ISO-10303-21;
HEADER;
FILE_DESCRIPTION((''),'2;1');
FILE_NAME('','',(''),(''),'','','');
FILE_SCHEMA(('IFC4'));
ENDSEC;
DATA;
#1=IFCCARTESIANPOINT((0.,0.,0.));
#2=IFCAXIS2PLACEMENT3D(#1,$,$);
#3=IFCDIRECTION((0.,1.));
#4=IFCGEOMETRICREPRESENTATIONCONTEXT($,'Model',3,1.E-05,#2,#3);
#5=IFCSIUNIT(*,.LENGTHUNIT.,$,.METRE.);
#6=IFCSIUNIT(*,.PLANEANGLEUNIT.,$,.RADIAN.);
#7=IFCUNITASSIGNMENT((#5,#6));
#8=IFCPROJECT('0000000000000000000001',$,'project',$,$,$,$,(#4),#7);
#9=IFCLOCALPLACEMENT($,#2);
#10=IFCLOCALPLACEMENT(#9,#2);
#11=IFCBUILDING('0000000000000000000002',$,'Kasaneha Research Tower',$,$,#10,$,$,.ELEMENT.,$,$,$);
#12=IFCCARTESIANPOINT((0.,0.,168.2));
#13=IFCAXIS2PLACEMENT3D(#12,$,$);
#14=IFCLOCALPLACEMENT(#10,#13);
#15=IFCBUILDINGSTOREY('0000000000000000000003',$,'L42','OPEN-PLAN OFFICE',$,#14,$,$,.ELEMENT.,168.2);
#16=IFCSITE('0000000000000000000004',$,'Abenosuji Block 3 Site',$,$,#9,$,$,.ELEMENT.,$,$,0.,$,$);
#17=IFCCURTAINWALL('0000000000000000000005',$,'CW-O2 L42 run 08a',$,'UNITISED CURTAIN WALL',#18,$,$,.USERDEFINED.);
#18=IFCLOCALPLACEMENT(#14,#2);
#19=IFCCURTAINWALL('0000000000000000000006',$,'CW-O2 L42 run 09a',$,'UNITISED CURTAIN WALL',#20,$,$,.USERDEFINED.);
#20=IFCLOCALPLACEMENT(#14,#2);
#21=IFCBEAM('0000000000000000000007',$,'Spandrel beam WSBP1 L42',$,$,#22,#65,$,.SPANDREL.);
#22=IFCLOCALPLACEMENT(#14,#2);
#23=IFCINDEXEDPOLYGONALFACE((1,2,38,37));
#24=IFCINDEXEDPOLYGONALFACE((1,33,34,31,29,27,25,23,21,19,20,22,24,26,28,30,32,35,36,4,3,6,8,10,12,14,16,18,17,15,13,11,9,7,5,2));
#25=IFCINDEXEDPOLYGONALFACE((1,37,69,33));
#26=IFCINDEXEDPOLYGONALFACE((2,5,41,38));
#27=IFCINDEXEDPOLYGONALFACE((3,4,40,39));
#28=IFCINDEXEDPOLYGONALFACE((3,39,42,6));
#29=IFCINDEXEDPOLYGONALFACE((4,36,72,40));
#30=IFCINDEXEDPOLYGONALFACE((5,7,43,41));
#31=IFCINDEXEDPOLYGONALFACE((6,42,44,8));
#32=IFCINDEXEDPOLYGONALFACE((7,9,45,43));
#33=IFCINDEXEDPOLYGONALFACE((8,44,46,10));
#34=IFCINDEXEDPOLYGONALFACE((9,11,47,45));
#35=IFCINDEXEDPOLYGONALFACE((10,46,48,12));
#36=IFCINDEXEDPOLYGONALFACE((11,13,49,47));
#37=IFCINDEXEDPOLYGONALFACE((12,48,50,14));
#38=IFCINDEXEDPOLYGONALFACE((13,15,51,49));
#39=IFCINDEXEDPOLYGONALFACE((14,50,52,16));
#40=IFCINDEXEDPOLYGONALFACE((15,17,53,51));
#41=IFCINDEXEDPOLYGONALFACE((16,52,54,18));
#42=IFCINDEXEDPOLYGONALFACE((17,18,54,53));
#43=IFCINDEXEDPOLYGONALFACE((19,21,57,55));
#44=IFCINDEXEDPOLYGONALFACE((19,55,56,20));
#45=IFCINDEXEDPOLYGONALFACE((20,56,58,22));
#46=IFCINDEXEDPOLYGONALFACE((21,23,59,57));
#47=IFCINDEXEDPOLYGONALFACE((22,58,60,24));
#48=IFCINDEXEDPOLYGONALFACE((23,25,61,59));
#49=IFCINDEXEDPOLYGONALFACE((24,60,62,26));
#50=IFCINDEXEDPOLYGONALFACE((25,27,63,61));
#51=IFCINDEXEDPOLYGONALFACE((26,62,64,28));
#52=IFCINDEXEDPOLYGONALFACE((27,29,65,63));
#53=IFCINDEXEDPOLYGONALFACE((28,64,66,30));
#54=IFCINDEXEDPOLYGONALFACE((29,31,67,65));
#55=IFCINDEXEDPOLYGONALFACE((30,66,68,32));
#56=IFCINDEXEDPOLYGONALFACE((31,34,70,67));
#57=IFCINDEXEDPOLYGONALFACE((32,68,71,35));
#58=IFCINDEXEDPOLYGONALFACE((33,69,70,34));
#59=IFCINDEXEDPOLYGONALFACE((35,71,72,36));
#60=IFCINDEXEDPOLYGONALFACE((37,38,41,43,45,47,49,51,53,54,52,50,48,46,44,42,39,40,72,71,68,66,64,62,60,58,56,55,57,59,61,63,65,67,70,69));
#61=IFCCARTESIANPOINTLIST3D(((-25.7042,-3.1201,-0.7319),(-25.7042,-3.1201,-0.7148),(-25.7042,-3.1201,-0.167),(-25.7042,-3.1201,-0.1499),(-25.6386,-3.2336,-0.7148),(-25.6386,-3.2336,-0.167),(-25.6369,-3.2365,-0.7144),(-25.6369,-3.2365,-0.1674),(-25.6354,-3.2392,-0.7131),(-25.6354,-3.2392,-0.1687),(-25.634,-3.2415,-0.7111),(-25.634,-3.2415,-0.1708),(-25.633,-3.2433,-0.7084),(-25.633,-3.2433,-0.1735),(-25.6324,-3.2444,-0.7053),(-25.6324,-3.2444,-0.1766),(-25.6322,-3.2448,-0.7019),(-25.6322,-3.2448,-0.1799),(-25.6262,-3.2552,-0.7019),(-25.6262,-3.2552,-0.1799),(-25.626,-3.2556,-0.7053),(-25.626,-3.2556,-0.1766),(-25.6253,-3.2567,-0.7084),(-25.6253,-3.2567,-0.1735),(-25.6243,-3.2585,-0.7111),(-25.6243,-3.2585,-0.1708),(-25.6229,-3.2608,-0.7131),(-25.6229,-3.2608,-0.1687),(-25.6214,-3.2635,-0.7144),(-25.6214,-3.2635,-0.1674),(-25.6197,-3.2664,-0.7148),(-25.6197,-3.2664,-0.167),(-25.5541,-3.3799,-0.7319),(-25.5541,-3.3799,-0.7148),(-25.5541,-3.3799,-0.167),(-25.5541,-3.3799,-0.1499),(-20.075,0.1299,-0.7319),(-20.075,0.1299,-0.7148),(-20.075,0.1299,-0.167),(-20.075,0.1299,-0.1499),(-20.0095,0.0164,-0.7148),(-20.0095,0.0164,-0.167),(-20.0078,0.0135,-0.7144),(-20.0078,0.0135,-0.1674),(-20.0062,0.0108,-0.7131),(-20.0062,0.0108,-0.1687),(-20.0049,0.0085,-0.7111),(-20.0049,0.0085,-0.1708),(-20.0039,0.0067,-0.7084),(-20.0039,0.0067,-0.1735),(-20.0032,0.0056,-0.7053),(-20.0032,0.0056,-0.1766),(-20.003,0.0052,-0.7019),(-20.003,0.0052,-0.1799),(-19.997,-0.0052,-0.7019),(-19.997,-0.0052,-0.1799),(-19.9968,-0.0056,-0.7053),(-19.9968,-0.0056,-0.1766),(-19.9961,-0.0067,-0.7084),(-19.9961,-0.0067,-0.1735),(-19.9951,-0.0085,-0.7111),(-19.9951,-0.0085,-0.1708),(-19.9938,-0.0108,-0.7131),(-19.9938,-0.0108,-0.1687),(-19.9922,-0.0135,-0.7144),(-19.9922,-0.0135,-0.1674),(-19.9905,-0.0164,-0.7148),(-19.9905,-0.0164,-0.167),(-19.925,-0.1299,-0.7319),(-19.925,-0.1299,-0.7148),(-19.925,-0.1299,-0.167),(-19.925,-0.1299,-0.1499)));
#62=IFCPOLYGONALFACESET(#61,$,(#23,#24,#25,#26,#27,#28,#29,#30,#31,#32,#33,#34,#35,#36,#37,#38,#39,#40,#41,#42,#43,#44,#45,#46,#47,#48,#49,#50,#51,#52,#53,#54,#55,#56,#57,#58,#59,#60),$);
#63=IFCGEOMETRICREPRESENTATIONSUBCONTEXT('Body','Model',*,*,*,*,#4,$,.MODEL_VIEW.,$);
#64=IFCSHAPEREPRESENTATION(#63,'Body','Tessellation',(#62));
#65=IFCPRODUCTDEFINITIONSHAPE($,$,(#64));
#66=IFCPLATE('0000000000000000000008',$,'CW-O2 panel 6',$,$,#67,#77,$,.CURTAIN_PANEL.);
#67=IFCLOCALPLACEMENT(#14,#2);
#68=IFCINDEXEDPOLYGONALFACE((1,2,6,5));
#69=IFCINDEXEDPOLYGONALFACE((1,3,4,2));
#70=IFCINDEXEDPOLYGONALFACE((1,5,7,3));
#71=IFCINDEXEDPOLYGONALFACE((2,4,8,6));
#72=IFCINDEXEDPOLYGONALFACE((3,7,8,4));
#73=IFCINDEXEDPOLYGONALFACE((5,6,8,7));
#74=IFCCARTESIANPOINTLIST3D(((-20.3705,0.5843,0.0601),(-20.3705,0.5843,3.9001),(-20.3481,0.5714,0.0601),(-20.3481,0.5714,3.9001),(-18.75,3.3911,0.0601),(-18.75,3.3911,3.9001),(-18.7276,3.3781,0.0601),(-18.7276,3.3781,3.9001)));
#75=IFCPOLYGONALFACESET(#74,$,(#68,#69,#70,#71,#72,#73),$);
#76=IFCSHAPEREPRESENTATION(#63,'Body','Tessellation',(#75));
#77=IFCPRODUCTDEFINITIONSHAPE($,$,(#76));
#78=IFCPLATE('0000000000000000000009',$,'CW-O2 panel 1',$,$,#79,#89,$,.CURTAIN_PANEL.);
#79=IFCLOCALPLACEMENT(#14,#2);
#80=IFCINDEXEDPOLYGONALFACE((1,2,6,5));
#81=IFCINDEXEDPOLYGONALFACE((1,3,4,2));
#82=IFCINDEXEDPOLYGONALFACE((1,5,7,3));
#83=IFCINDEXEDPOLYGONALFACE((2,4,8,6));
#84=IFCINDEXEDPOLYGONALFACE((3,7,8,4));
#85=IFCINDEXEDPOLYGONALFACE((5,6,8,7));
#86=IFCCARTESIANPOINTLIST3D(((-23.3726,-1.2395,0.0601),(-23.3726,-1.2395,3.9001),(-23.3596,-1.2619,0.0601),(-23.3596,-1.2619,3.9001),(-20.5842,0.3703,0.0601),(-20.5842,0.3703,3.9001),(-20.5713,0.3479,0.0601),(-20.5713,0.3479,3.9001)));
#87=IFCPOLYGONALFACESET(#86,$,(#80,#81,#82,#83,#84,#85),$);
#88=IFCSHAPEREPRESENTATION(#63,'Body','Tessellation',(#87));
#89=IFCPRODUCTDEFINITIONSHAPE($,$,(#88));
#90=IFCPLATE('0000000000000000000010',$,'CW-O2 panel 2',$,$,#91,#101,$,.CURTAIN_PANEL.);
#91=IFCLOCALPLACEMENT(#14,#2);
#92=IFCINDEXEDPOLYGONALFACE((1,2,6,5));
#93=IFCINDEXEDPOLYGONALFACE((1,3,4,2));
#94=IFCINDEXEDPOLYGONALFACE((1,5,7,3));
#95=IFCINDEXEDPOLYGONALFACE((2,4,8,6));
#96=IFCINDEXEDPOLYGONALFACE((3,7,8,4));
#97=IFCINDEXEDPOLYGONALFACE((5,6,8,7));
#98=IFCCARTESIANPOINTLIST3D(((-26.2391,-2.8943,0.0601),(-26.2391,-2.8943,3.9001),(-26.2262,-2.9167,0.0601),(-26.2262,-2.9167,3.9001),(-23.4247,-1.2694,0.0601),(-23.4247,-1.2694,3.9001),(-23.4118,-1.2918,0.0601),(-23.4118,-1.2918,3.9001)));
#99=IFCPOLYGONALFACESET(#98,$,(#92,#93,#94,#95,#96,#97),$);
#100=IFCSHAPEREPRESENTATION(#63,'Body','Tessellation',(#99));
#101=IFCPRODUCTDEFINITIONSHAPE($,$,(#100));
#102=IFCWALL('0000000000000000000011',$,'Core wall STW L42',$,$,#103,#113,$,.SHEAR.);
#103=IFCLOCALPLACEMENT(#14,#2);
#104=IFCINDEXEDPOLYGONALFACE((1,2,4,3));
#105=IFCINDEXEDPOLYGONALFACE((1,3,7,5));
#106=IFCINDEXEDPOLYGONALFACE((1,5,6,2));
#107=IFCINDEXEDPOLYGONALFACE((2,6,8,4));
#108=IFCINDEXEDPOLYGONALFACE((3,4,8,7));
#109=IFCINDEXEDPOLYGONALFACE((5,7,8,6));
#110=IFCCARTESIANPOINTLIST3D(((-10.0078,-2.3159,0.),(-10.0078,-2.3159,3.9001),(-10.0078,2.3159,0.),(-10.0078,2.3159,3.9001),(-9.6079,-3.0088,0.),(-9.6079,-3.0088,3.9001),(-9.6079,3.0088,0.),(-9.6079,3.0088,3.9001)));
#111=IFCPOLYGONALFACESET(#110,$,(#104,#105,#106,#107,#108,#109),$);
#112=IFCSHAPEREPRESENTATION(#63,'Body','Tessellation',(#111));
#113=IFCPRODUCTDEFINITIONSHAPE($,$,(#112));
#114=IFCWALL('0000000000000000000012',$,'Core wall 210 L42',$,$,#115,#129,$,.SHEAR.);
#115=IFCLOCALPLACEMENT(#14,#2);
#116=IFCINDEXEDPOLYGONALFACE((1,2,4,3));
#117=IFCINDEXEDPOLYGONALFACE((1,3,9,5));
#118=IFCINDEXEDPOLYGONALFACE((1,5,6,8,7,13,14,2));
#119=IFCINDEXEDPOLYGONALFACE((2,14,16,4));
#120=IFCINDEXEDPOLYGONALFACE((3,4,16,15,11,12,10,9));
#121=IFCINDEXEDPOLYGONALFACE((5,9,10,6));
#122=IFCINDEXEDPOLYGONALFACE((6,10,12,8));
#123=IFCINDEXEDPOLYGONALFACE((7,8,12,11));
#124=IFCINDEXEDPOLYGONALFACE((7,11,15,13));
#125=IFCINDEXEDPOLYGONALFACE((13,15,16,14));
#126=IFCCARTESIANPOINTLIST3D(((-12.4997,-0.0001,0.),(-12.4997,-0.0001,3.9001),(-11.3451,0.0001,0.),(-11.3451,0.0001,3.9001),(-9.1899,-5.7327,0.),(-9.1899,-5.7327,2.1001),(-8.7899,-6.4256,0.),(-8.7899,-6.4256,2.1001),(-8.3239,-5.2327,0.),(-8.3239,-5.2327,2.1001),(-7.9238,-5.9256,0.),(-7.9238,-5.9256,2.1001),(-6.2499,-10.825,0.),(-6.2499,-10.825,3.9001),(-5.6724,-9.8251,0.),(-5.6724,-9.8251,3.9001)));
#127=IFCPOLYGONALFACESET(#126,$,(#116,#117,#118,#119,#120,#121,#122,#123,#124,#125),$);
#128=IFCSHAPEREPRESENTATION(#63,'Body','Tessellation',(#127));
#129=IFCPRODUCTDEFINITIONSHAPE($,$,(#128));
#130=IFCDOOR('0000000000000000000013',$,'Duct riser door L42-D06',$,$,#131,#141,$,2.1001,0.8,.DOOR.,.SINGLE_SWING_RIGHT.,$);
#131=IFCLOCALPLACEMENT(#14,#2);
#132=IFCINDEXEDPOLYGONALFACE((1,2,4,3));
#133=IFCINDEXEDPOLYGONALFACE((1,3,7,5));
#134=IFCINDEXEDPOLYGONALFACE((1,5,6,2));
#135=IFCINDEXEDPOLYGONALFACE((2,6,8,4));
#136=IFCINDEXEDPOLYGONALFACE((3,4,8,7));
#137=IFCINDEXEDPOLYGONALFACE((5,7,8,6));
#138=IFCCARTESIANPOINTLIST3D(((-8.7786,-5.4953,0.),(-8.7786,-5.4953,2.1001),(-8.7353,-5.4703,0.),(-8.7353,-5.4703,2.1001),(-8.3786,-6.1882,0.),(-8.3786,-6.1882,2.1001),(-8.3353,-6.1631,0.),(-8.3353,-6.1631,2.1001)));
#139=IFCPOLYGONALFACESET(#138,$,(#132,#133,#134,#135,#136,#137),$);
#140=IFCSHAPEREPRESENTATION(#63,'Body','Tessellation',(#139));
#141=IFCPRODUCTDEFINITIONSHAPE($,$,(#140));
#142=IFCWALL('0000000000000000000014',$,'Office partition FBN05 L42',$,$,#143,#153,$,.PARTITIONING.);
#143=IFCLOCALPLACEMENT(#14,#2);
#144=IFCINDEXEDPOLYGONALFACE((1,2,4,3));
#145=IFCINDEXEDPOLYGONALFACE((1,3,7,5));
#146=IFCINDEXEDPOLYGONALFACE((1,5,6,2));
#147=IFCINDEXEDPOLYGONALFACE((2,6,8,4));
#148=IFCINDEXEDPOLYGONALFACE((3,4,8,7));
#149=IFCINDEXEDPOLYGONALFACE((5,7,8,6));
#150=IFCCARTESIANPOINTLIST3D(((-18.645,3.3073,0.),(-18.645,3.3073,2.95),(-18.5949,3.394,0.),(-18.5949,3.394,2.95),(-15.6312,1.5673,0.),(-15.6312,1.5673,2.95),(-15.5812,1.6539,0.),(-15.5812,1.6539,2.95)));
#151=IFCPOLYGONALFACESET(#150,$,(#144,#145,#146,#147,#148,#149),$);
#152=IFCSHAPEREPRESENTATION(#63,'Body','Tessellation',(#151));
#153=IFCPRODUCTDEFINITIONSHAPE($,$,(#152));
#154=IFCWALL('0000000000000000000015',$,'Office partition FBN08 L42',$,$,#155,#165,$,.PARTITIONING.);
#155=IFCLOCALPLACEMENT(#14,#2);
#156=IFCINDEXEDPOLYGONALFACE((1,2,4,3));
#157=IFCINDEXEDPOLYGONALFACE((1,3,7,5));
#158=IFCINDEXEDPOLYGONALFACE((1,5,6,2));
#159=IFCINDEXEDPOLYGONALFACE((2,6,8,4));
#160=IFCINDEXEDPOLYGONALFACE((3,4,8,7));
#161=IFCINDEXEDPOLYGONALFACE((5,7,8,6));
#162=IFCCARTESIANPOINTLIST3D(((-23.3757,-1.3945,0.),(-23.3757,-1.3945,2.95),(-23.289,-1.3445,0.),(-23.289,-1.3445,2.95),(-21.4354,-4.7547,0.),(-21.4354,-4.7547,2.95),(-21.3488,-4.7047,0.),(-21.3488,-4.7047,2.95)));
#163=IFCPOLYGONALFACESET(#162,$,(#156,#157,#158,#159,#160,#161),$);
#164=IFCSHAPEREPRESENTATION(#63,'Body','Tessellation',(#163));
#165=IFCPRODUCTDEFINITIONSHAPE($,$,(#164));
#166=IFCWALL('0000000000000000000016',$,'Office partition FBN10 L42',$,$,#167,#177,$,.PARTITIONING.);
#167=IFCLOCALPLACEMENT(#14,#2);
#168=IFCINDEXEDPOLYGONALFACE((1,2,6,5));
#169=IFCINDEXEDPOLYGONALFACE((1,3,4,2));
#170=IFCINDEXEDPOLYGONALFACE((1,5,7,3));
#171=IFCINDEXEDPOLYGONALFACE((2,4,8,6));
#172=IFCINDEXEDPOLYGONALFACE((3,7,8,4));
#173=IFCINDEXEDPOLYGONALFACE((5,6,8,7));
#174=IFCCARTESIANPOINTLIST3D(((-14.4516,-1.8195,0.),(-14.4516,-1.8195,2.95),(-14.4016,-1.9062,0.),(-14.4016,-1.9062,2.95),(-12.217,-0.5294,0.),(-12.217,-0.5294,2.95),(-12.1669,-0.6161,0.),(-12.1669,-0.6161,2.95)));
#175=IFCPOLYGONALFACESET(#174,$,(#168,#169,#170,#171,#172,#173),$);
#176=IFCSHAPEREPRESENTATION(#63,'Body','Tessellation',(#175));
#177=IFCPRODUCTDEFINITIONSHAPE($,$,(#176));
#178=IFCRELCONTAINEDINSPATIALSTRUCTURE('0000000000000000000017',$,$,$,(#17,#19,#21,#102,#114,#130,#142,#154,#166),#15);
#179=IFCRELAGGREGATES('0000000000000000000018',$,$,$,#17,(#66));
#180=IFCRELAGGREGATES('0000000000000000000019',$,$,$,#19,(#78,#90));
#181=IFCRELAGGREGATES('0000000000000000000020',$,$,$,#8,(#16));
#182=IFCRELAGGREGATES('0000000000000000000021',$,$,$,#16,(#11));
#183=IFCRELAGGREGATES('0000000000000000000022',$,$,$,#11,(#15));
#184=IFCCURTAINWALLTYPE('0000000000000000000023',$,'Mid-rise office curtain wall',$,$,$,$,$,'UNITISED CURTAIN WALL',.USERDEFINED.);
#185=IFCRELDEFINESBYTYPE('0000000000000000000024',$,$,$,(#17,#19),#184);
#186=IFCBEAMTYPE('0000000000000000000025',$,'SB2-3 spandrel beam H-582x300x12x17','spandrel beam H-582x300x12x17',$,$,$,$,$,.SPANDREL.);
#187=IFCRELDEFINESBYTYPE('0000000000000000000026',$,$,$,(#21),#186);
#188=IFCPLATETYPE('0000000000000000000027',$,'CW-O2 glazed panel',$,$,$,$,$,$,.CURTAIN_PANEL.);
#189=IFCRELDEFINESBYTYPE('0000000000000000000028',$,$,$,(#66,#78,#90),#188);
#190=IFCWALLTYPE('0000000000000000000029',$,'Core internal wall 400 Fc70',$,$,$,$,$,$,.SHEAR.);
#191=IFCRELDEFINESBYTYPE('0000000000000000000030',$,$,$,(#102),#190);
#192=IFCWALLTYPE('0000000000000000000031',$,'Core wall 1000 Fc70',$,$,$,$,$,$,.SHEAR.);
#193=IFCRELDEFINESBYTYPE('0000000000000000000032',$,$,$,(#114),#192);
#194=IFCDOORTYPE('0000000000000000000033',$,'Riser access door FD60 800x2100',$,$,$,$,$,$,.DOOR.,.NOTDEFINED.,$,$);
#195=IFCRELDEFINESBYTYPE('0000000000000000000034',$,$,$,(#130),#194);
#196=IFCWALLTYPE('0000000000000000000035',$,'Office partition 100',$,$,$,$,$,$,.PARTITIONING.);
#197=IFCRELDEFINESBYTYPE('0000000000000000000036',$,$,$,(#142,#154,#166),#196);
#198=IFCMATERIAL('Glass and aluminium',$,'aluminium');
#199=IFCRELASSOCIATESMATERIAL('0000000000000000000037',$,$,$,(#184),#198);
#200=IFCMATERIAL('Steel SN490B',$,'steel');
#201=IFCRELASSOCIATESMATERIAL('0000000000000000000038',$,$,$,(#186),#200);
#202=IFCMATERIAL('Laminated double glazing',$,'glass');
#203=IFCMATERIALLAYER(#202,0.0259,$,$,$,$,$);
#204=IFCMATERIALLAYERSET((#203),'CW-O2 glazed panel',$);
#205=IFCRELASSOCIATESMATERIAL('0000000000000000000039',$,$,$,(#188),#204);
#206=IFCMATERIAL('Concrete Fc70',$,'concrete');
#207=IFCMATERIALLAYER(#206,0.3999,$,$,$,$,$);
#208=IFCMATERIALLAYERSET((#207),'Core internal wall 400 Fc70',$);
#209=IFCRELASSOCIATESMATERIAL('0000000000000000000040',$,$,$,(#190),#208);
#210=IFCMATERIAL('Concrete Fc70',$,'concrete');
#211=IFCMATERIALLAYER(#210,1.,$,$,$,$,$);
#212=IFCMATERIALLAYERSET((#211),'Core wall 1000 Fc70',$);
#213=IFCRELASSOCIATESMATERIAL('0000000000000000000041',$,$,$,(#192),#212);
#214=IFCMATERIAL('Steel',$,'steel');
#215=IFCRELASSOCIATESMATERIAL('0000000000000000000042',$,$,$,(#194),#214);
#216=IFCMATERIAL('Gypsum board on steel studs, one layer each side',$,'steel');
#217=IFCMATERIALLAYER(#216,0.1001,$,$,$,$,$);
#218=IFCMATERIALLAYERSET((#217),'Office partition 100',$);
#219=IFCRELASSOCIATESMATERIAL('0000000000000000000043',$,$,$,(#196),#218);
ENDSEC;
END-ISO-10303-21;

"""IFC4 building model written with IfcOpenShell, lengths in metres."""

from ifc_helpers import new_model, si_unit, direction, frame, frame_2d, origin, origin_2d, place, context, subcontext, project, spatial, polyline, rectangle, i_section, outline, extrude, material, layer, layer_set, material_profile, profile_set, type_object, element, fill, aggregate, save


model = new_model("IFC4")

# Units and contexts
model_context = context("Model", 3, precision=1e-05, world=origin(), true_north=direction((0.0, 1.0)))
body_context = subcontext(model_context, "Body", "Model", "MODEL_VIEW")
ifc_project = project(units=[si_unit("LENGTHUNIT", "METRE"), si_unit("PLANEANGLEUNIT", "RADIAN")], contexts=[model_context])

# Site, building, storey
site_placement = place(None, origin())
site = spatial("IfcSite", under=ifc_project, at=site_placement, Name="Abenosuji Block 3 Site", CompositionType="ELEMENT", RefElevation=0.0)
building_placement = place(site_placement, origin())
building = spatial("IfcBuilding", under=site, at=building_placement, Name="Kasaneha Research Tower", CompositionType="ELEMENT")
storey_placement = place(building_placement, frame((0.0, 0.0, 168.2)))
storey = spatial("IfcBuildingStorey", under=building, at=storey_placement, Name="L42", Description="OPEN-PLAN OFFICE", CompositionType="ELEMENT", Elevation=168.2)

# Curtain wall
ifc_material_1 = material(Name="Glass and aluminium", Category="aluminium")
curtain_wall_type = type_object("IfcCurtainWallType", Name="Mid-rise office curtain wall", ElementType="UNITISED CURTAIN WALL", PredefinedType="USERDEFINED", material=ifc_material_1)
curtain_wall_1_placement = place(storey_placement, origin())
curtain_wall_1 = element("IfcCurtainWall", 1, at=curtain_wall_1_placement, inside=storey, type_object=curtain_wall_type, Name="CW-O2 L42 run 08a", ObjectType="UNITISED CURTAIN WALL", PredefinedType="USERDEFINED")

# Curtain wall
curtain_wall_2_placement = place(storey_placement, origin())
curtain_wall_2 = element("IfcCurtainWall", 2, at=curtain_wall_2_placement, inside=storey, type_object=curtain_wall_type, Name="CW-O2 L42 run 09a", ObjectType="UNITISED CURTAIN WALL", PredefinedType="USERDEFINED")

# Beam
ifc_material_2 = material(Name="Steel SN490B", Category="steel")
ifc_material_profile_1 = material_profile(ifc_material_2, i_section(OverallWidth=0.3, OverallDepth=0.582, WebThickness=0.012, FlangeThickness=0.0171, FilletRadius=0.0129, at=origin_2d()), Name="H-582x300x12x17")
ifc_profile_set_1 = profile_set([ifc_material_profile_1], Name="Steel SN490B")
beam_type_1 = type_object("IfcBeamType", Name="SB2-3 spandrel beam H-582x300x12x17", Description="spandrel beam H-582x300x12x17", PredefinedType="SPANDREL", material=ifc_profile_set_1)
beam_1_placement = place(storey_placement, frame((-20.0, 0.0, -0.4409), z_axis=(-0.866025, -0.500001, 0.0), x_axis=(0.500001, -0.866025, 0.0)))
element("IfcBeam", 3, at=beam_1_placement, inside=storey, type_object=beam_type_1, Name="Spandrel beam WSBP1 L42", PredefinedType="SPANDREL", context=body_context, shape_type="SweptSolid", body=[
    extrude(i_section(OverallWidth=0.3, OverallDepth=0.582, WebThickness=0.012, FlangeThickness=0.0171, FilletRadius=0.0129, at=origin_2d()), origin(), (0.0, 0.0, 1.0), 6.5),
])

# Plates
ifc_material_3 = material(Name="Laminated double glazing", Category="glass")
ifc_layer_1 = layer(ifc_material_3, 0.0259)
ifc_layer_set_1 = layer_set([ifc_layer_1], Name="CW-O2 glazed panel")
plate_type = type_object("IfcPlateType", Name="CW-O2 glazed panel", PredefinedType="CURTAIN_PANEL", material=ifc_layer_set_1)
plate_1_placement = place(storey_placement, frame((-19.5491, 1.9812, 0.0601), z_axis=(0.0, 0.0, 1.0), x_axis=(-0.5, -0.866025, 0.0)))
plate_1 = element("IfcPlate", 4, at=plate_1_placement, type_object=plate_type, Name="CW-O2 panel 6", PredefinedType="CURTAIN_PANEL", context=body_context, shape_type="SweptSolid", body=[
    extrude(rectangle(XDim=3.241, YDim=0.0259, at=origin_2d()), origin(), (0.0, 0.0, 1.0), 3.8401),
])
aggregate(curtain_wall_1, [plate_1])
plate_2_placement = place(storey_placement, frame((-21.9719, -0.4458, 0.0601), z_axis=(0.0, 0.0, 1.0), x_axis=(-0.866025, -0.5, 0.0)))
plate_2 = element("IfcPlate", 5, at=plate_2_placement, type_object=plate_type, Name="CW-O2 panel 1", PredefinedType="CURTAIN_PANEL", context=body_context, shape_type="SweptSolid", body=[
    extrude(rectangle(XDim=3.2197, YDim=0.0259, at=origin_2d()), origin(), (0.0, 0.0, 1.0), 3.8401),
])
plate_3_placement = place(storey_placement, frame((-24.8254, -2.093, 0.0601), z_axis=(0.0, 0.0, 1.0), x_axis=(-0.866025, -0.5, 0.0)))
plate_3 = element("IfcPlate", 6, at=plate_3_placement, type_object=plate_type, Name="CW-O2 panel 2", PredefinedType="CURTAIN_PANEL", context=body_context, shape_type="SweptSolid", body=[
    extrude(rectangle(XDim=3.2498, YDim=0.0259, at=origin_2d()), origin(), (0.0, 0.0, 1.0), 3.8401),
])
aggregate(curtain_wall_2, [plate_2, plate_3])

# Wall
ifc_material_4 = material(Name="Concrete Fc70", Category="concrete")
ifc_layer_2 = layer(ifc_material_4, 0.3999)
ifc_layer_set_2 = layer_set([ifc_layer_2], Name="Core internal wall 400 Fc70")
wall_type_1 = type_object("IfcWallType", Name="Core internal wall 400 Fc70", PredefinedType="SHEAR", material=ifc_layer_set_2)
wall_1_placement = place(storey_placement, frame((-9.8079, -2.6624, 0.0), z_axis=(0.0, 0.0, 1.0), x_axis=(0.0, 1.0, 0.0)))
element("IfcWall", 7, at=wall_1_placement, inside=storey, type_object=wall_type_1, Name="Core wall STW L42", PredefinedType="SHEAR", context=body_context, shape_type="SweptSolid", body=[
    extrude(outline(polyline([(-0.3464, -0.2), (5.6711, -0.2), (4.9783, 0.2), (0.3464, 0.2), (-0.3464, -0.2)])), origin(), (0.0, 0.0, 1.0), 3.9001),
])

# Wall, opening, door
ifc_material_5 = material(Name="Concrete Fc70", Category="concrete")
ifc_layer_3 = layer(ifc_material_5, 1.0)
ifc_layer_set_3 = layer_set([ifc_layer_3], Name="Core wall 1000 Fc70")
wall_type_2 = type_object("IfcWallType", Name="Core wall 1000 Fc70", PredefinedType="SHEAR", material=ifc_layer_set_3)
wall_2_placement = place(storey_placement, frame((-11.9224, 0.0, 0.0), z_axis=(0.0, 0.0, 1.0), x_axis=(0.500004, -0.866023, 0.0)))
wall_2 = element("IfcWall", 8, at=wall_2_placement, inside=storey, type_object=wall_type_2, Name="Core wall 210 L42", PredefinedType="SHEAR", context=body_context, shape_type="SweptSolid", body=[
    extrude(outline(polyline([(-0.2886, -0.5), (6.3311, -0.5), (7.1311, -0.5), (12.2109, -0.5), (11.6338, 0.5), (7.1311, 0.5), (6.3311, 0.5), (0.2886, 0.5), (-0.2886, -0.5)])), origin(), (0.0, 0.0, 1.0), 3.9001),
])
opening_placement = place(wall_2_placement, frame((6.3311, 0.0, 0.0)))
opening = element("IfcOpeningElement", 9, at=opening_placement, cuts=wall_2, PredefinedType="OPENING", context=body_context, shape_type="SweptSolid", body=[
    extrude(rectangle(XDim=0.8, YDim=2.1001, at=frame_2d((0.3999, 1.05))), frame((0.0, 0.51, 0.0), z_axis=(0.0, -1.0, 0.0), x_axis=(1.0, 0.0, 0.0)), (0.0, 0.0, 1.0), 1.02),
])
ifc_material_6 = material(Name="Steel", Category="steel")
door_type = type_object("IfcDoorType", Name="Riser access door FD60 800x2100", OperationType="NOTDEFINED", PredefinedType="DOOR", material=ifc_material_6)
door_placement = place(opening_placement, origin())
door = element("IfcDoor", 10, at=door_placement, inside=storey, type_object=door_type, Name="Duct riser door L42-D06", OperationType="SINGLE_SWING_RIGHT", OverallHeight=2.1001, OverallWidth=0.8, PredefinedType="DOOR", context=body_context, shape_type="SweptSolid", body=[
    extrude(rectangle(XDim=0.8, YDim=2.1001, at=frame_2d((0.3999, 1.05))), frame((0.0, 0.0249, 0.0), z_axis=(0.0, -1.0, 0.0), x_axis=(1.0, 0.0, 0.0)), (0.0, 0.0, 1.0), 0.05),
])
fill(opening, door)

# Walls
ifc_material_7 = material(Name="Gypsum board on steel studs, one layer each side", Category="steel")
ifc_layer_4 = layer(ifc_material_7, 0.1001)
ifc_layer_set_4 = layer_set([ifc_layer_4], Name="Office partition 100")
wall_type_3 = type_object("IfcWallType", Name="Office partition 100", PredefinedType="PARTITIONING", material=ifc_layer_set_4)
wall_3_placement = place(storey_placement, frame((-15.6062, 1.6106, 0.0), z_axis=(0.0, 0.0, 1.0), x_axis=(-0.86602, 0.50001, 0.0)))
element("IfcWall", 11, at=wall_3_placement, inside=storey, type_object=wall_type_3, Name="Office partition FBN05 L42", PredefinedType="PARTITIONING", context=body_context, shape_type="SweptSolid", body=[
    extrude(rectangle(XDim=3.48, YDim=0.1001, at=frame_2d((1.74, 0.0))), origin(), (0.0, 0.0, 1.0), 2.95),
])
wall_4_placement = place(storey_placement, frame((-23.3323, -1.3696, 0.0), z_axis=(0.0, 0.0, 1.0), x_axis=(0.500044, -0.866, 0.0)))
element("IfcWall", 12, at=wall_4_placement, inside=storey, type_object=wall_type_3, Name="Office partition FBN08 L42", PredefinedType="PARTITIONING", context=body_context, shape_type="SweptSolid", body=[
    extrude(rectangle(XDim=3.8801, YDim=0.1001, at=frame_2d((1.9399, 0.0))), origin(), (0.0, 0.0, 1.0), 2.95),
])
wall_5_placement = place(storey_placement, frame((-14.4265, -1.8628, 0.0), z_axis=(0.0, 0.0, 1.0), x_axis=(0.866045, 0.499965, 0.0)))
element("IfcWall", 13, at=wall_5_placement, inside=storey, type_object=wall_type_3, Name="Office partition FBN10 L42", PredefinedType="PARTITIONING", context=body_context, shape_type="SweptSolid", body=[
    extrude(rectangle(XDim=2.5803, YDim=0.1001, at=frame_2d((1.29, 0.0))), origin(), (0.0, 0.0, 1.0), 2.95),
])

save(model, "model.ifc")
